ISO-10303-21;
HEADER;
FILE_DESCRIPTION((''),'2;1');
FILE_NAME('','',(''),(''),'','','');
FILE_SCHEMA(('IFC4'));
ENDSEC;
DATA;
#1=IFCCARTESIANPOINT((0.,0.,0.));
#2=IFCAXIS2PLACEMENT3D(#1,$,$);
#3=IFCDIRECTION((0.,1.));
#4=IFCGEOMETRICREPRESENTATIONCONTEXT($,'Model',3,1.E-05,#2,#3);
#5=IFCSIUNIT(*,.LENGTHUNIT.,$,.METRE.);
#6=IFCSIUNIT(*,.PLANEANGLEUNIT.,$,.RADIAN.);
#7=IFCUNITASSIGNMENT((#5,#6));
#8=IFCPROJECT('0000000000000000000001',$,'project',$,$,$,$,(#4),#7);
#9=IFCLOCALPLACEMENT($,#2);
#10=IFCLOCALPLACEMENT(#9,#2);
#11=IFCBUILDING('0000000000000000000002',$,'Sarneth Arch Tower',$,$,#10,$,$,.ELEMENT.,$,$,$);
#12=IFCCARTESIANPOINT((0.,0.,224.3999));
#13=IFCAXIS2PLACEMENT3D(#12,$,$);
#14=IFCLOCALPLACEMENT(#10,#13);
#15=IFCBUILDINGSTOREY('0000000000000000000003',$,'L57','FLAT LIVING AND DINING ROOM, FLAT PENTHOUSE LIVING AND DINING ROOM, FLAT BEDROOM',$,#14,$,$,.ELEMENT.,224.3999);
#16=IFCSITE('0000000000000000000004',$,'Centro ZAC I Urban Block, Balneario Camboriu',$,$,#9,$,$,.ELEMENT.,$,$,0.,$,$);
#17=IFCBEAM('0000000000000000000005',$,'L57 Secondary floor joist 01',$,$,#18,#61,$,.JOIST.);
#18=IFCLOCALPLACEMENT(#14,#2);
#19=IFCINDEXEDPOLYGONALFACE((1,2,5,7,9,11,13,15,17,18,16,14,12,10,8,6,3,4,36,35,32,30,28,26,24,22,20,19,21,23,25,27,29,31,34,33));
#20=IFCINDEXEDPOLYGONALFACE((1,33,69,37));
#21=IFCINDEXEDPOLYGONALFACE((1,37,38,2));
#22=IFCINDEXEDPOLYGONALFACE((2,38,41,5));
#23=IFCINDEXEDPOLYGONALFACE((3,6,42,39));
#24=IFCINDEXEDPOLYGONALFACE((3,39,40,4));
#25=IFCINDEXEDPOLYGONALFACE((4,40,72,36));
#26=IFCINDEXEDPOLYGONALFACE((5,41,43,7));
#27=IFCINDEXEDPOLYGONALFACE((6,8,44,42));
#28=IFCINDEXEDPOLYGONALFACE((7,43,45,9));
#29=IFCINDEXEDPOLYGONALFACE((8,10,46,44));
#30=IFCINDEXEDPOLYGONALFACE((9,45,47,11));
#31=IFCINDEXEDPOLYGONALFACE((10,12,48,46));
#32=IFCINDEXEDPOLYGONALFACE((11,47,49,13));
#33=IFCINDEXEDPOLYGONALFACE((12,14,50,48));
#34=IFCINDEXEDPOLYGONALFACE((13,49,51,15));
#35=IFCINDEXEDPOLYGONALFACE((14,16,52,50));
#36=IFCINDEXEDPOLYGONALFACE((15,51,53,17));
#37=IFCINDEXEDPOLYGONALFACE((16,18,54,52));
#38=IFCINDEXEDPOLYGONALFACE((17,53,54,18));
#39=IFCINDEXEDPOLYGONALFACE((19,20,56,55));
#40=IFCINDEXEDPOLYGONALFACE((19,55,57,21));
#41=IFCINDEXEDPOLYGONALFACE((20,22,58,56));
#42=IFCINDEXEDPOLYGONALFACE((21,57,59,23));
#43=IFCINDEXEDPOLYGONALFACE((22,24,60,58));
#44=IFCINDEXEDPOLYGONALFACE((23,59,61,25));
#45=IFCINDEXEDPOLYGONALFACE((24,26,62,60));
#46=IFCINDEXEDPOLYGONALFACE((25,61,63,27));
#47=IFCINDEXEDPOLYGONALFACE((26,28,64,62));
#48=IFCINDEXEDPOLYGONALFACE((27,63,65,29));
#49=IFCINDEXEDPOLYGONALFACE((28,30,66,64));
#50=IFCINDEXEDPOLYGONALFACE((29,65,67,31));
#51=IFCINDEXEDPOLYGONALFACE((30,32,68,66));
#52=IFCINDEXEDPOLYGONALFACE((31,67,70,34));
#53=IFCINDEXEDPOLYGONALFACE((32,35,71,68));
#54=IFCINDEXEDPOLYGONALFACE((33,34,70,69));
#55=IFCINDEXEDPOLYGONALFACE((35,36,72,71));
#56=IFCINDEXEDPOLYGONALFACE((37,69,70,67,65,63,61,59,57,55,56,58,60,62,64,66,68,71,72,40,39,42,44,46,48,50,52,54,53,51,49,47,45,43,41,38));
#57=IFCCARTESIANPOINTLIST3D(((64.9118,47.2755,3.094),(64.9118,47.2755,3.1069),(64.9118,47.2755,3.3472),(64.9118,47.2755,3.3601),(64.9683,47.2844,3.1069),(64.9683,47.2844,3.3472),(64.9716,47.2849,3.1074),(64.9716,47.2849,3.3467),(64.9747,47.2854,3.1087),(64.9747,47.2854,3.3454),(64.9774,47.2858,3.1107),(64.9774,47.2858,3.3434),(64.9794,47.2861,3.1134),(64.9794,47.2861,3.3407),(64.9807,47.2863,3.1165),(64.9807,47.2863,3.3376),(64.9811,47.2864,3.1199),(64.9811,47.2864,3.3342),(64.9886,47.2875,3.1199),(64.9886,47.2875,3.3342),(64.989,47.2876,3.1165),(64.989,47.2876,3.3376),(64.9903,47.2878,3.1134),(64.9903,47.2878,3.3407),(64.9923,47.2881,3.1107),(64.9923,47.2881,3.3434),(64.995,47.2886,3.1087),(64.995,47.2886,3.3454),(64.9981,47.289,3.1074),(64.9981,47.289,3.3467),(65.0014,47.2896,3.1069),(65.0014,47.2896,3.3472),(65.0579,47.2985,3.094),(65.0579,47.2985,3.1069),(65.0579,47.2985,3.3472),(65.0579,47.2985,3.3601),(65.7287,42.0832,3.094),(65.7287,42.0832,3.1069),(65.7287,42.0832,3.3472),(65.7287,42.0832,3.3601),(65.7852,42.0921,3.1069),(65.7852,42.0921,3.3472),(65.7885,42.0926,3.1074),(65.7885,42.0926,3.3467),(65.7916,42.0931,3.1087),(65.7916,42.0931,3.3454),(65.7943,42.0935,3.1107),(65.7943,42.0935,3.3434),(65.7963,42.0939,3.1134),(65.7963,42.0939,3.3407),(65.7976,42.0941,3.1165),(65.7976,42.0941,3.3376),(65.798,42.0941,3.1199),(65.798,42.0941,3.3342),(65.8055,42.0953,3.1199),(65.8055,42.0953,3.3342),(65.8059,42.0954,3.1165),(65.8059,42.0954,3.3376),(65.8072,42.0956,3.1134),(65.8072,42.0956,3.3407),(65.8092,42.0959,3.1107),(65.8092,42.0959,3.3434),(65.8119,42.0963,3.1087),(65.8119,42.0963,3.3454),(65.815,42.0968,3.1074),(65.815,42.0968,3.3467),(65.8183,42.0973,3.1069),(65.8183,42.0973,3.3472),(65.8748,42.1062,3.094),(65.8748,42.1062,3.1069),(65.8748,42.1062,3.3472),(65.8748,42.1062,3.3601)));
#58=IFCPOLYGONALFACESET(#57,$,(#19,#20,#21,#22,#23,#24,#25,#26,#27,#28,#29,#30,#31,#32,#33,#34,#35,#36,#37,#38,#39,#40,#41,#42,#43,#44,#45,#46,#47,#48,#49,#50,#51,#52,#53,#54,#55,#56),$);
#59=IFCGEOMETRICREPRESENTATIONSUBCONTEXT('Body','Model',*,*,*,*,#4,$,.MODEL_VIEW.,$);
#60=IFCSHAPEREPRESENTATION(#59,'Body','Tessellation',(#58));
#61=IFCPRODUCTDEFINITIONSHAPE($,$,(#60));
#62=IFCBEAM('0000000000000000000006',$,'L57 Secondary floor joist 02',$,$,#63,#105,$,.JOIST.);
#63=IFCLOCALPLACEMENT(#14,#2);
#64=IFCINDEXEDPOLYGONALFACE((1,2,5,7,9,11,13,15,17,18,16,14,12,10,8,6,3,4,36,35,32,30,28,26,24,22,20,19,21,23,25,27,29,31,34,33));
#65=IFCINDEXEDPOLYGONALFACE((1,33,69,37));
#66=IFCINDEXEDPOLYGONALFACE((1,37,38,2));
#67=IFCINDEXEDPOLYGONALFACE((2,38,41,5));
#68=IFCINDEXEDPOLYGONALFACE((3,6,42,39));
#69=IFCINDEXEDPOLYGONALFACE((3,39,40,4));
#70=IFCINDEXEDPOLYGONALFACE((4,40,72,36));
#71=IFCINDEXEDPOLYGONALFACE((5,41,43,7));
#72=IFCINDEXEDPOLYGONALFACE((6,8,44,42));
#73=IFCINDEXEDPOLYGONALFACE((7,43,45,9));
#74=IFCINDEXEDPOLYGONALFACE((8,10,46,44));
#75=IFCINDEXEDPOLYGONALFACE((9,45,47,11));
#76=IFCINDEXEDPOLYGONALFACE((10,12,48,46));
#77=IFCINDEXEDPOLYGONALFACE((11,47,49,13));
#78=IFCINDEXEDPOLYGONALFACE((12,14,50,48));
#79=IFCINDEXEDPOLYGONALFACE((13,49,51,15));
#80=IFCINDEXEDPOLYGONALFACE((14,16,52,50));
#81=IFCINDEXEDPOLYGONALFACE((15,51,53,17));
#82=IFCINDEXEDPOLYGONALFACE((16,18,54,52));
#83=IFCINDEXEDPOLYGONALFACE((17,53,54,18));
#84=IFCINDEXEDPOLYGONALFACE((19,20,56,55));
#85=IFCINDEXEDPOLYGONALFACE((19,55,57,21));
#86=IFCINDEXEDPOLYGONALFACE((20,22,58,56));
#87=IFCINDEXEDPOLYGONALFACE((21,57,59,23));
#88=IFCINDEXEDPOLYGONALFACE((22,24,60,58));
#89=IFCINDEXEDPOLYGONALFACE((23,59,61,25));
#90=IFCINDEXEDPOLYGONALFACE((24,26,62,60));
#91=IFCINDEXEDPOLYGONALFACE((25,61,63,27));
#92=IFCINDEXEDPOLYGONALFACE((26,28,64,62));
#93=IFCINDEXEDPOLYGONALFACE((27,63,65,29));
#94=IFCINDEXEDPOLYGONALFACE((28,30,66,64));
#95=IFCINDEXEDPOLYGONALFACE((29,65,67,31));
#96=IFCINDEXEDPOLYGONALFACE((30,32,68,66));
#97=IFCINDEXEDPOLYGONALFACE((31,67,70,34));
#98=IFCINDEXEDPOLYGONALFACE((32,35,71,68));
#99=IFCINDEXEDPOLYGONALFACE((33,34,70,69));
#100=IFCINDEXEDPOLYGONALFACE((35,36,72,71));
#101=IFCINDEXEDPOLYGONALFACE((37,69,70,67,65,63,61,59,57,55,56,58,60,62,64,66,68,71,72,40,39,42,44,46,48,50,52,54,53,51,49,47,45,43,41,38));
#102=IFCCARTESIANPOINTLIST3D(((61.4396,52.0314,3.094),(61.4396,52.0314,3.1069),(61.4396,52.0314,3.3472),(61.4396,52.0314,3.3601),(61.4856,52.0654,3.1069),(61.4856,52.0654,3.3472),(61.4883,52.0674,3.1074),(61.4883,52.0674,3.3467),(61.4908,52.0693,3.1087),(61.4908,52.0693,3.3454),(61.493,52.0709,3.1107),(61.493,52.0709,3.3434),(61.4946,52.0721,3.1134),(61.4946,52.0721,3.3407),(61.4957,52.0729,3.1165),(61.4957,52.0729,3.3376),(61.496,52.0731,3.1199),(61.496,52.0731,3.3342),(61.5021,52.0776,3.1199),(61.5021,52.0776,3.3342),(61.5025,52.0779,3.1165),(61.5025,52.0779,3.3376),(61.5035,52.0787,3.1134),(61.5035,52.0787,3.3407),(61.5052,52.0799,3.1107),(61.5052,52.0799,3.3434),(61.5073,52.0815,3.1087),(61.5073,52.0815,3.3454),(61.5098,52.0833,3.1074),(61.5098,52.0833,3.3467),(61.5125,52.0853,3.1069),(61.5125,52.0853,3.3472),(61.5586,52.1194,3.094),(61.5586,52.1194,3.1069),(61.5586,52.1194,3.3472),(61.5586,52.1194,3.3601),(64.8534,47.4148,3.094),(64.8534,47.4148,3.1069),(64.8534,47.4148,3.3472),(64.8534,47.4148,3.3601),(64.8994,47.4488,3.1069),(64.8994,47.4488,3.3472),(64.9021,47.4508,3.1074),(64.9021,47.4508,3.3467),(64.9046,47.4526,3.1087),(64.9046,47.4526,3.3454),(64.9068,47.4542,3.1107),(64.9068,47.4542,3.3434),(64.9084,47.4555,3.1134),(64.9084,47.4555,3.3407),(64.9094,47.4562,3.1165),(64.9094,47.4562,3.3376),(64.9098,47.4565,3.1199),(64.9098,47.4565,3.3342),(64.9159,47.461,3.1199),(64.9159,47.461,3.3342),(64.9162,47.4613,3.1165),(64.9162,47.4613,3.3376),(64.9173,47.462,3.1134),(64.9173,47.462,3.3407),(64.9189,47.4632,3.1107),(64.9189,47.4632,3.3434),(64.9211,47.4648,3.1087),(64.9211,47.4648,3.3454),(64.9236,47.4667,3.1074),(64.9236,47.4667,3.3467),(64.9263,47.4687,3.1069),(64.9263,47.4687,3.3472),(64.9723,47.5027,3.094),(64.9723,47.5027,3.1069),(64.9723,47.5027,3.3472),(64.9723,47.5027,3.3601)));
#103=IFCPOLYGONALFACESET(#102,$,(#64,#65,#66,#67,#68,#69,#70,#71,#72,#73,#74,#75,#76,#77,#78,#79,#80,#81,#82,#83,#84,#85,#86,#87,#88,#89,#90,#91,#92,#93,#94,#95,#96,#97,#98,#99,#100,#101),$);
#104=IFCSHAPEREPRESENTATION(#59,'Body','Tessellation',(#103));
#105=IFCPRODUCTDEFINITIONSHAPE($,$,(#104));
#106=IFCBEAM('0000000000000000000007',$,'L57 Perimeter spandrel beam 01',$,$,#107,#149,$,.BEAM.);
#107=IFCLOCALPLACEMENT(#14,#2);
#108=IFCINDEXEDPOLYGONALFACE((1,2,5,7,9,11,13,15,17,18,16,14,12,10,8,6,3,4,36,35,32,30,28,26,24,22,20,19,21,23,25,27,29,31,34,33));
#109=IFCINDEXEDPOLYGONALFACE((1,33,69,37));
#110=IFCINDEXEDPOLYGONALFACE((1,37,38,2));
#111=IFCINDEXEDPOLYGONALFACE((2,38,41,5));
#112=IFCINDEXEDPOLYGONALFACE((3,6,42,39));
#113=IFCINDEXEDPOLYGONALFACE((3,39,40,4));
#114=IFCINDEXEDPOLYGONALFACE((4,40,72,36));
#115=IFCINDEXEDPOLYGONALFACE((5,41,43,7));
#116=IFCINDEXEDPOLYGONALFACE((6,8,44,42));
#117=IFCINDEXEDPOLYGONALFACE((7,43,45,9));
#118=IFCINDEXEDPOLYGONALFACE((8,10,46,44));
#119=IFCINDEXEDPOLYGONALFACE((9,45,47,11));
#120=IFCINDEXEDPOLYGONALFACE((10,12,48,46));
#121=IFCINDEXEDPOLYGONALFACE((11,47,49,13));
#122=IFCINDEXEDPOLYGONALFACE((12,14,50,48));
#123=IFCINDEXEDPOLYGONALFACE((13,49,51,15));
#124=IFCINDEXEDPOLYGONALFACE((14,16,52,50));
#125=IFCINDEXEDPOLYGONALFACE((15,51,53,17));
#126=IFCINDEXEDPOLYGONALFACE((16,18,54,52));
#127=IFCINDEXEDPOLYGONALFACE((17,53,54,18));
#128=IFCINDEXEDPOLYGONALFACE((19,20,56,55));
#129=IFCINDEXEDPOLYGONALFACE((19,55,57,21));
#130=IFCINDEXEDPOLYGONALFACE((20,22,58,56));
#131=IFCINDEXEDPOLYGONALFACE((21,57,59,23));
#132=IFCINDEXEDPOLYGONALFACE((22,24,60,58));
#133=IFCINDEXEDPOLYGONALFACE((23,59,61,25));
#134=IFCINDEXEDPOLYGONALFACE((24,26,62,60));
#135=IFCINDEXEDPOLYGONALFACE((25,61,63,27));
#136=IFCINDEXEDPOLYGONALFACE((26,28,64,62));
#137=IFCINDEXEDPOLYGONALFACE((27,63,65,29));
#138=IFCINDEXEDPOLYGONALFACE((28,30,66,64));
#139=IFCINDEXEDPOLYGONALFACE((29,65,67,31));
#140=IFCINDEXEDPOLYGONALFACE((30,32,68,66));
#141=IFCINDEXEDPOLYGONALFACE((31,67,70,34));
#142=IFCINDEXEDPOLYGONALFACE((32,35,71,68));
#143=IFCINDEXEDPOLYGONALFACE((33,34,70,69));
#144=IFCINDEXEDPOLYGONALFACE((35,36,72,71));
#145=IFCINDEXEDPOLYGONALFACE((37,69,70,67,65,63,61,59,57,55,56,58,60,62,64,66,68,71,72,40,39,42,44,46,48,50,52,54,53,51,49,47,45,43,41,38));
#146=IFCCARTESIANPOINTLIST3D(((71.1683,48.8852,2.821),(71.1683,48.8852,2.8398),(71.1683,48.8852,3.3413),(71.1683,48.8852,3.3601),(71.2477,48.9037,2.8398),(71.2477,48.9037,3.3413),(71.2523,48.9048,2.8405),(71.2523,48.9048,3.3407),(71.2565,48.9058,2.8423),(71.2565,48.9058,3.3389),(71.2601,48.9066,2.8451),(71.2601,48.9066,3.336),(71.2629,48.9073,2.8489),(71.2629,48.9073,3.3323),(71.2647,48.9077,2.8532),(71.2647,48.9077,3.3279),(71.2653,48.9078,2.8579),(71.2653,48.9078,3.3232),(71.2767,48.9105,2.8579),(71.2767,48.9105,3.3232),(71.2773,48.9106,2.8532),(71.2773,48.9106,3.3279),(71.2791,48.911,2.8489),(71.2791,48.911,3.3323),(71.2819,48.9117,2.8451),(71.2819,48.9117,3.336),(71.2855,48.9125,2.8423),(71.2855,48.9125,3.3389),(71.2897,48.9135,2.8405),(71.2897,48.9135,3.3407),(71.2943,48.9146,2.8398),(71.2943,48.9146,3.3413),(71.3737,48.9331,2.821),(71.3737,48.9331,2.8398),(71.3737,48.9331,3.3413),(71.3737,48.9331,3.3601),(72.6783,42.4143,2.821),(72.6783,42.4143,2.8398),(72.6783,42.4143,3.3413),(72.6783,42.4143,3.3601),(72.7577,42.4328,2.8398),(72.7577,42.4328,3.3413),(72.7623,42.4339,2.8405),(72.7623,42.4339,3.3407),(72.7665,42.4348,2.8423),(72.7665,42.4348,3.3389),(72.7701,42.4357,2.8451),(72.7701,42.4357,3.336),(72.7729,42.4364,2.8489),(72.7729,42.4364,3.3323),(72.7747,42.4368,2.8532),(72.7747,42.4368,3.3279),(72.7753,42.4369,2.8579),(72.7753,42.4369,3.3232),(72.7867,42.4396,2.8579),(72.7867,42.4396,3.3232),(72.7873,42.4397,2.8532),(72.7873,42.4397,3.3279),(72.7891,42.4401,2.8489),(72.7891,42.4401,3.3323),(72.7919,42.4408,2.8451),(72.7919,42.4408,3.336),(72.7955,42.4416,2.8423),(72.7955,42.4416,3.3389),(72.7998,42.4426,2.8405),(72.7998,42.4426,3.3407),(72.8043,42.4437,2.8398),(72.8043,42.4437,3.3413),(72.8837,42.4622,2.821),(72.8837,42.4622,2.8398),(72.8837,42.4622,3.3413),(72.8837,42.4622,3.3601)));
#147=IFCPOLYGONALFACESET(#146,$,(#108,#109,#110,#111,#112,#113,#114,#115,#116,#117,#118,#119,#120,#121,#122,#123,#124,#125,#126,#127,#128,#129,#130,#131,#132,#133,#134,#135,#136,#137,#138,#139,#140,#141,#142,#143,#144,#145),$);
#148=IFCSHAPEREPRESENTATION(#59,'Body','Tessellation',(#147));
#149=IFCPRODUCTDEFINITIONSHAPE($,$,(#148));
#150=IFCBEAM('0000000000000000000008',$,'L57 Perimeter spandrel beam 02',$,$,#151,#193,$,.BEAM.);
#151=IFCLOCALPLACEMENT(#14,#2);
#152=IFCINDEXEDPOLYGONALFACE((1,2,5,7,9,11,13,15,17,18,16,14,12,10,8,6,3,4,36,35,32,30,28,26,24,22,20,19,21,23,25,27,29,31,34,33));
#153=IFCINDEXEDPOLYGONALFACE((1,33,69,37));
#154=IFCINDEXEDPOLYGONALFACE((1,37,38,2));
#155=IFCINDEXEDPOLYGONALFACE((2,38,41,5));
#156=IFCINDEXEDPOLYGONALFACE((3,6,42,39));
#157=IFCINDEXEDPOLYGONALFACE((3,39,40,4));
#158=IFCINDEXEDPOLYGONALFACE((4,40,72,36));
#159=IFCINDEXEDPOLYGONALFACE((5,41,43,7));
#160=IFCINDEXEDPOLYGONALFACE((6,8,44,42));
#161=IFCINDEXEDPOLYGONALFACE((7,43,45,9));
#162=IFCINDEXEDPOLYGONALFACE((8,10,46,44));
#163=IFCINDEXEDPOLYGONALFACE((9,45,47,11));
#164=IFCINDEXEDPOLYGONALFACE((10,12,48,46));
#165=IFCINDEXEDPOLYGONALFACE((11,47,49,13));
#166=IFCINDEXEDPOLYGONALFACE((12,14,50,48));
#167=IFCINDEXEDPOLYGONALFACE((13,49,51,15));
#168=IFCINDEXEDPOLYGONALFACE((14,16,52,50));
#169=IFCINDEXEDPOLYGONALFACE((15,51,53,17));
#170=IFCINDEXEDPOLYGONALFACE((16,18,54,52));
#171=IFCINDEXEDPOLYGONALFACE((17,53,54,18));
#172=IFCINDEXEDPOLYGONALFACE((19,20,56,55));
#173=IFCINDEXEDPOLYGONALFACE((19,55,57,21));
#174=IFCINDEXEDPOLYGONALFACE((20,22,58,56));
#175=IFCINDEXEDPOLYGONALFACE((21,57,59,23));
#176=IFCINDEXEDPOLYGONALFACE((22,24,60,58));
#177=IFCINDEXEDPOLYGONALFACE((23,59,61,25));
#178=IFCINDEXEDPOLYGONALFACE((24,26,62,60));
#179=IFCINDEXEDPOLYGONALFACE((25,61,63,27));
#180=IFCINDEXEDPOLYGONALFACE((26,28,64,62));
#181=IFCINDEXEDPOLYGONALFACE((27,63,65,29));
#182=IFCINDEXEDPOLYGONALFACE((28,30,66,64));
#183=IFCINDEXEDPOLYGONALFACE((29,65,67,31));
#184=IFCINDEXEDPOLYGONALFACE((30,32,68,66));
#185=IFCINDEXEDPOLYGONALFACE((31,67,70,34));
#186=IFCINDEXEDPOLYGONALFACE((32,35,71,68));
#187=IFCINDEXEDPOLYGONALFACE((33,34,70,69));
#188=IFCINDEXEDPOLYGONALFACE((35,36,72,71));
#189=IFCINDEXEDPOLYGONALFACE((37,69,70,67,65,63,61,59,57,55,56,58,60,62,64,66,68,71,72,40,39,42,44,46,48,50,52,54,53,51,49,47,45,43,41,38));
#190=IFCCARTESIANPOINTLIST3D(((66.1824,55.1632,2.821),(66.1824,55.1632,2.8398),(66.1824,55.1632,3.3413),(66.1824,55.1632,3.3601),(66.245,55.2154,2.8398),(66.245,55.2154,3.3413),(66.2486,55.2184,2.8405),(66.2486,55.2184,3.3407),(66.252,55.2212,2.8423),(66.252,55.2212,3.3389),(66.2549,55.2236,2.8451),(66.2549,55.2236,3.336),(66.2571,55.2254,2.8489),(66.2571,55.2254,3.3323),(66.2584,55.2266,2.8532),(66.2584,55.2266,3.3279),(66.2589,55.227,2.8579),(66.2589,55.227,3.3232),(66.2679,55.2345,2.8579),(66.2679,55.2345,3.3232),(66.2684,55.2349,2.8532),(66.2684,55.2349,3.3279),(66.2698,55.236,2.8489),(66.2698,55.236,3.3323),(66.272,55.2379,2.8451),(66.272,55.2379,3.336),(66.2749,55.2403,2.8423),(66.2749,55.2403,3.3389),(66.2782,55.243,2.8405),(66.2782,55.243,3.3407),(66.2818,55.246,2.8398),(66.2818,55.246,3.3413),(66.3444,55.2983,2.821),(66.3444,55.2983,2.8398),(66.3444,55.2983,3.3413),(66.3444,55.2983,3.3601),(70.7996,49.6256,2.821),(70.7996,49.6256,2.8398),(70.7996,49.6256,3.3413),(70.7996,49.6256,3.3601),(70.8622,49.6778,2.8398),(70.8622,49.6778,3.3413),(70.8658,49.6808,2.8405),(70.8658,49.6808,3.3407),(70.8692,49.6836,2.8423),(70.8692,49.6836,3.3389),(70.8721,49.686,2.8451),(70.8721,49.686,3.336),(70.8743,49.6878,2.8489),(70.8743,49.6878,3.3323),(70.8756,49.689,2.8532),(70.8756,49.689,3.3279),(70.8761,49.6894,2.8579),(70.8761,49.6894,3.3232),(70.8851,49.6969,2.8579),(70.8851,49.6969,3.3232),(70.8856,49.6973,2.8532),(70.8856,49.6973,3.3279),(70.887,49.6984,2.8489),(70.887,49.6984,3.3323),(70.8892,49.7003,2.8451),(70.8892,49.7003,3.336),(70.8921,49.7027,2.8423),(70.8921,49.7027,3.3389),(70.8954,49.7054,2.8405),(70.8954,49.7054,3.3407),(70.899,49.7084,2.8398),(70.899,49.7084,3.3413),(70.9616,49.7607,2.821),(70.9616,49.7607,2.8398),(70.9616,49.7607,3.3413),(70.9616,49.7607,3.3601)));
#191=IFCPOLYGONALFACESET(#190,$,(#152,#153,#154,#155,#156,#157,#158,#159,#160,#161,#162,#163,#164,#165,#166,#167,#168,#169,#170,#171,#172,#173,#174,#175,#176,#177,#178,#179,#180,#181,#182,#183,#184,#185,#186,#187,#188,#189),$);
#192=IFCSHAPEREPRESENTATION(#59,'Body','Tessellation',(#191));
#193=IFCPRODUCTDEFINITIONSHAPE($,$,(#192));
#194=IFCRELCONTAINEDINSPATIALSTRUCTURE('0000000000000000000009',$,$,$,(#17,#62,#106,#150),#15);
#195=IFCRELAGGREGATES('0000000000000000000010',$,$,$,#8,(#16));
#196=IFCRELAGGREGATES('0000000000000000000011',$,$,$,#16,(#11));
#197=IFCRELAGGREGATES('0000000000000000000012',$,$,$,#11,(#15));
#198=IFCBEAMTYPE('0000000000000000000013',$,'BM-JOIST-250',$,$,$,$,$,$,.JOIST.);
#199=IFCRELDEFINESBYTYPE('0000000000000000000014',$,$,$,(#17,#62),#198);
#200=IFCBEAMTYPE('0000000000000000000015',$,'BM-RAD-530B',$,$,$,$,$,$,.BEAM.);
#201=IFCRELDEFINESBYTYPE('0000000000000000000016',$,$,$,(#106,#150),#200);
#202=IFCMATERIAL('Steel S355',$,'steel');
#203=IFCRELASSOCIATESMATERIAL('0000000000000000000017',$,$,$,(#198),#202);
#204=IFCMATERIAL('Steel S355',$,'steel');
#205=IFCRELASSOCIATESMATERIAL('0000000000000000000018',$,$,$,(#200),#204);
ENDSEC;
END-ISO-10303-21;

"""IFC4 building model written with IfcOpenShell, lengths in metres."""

from ifc_helpers import new_model, si_unit, direction, frame, origin, origin_2d, place, context, subcontext, project, spatial, i_section, extrude, material, material_profile, profile_set, type_object, element, save


model = new_model("IFC4")

# Units and contexts
model_context = context("Model", 3, precision=1e-05, world=origin(), true_north=direction((0.0, 1.0)))
body_context = subcontext(model_context, "Body", "Model", "MODEL_VIEW")
ifc_project = project(units=[si_unit("LENGTHUNIT", "METRE"), si_unit("PLANEANGLEUNIT", "RADIAN")], contexts=[model_context])

# Site, building, storey
site_placement = place(None, origin())
site = spatial("IfcSite", under=ifc_project, at=site_placement, Name="Centro ZAC I Urban Block, Balneario Camboriu", CompositionType="ELEMENT", RefElevation=0.0)
building_placement = place(site_placement, origin())
building = spatial("IfcBuilding", under=site, at=building_placement, Name="Sarneth Arch Tower", CompositionType="ELEMENT")
storey_placement = place(building_placement, frame((0.0, 0.0, 224.3999)))
storey = spatial("IfcBuildingStorey", under=building, at=storey_placement, Name="L57", Description="FLAT LIVING AND DINING ROOM, FLAT PENTHOUSE LIVING AND DINING ROOM, FLAT BEDROOM", CompositionType="ELEMENT", Elevation=224.3999)

# Beams
ifc_material_1 = material(Name="Steel S355", Category="steel")
ifc_material_profile_1 = material_profile(ifc_material_1, i_section(OverallWidth=0.1479, OverallDepth=0.2661, WebThickness=0.0076, FlangeThickness=0.0129, FilletRadius=0.0129, at=origin_2d()), Name="W250x44.8")
ifc_profile_set_1 = profile_set([ifc_material_profile_1], Name="Steel S355")
beam_type_1 = type_object("IfcBeamType", Name="BM-JOIST-250", PredefinedType="JOIST", material=ifc_profile_set_1)
beam_1_placement = place(storey_placement, frame((65.8018, 42.0947, 3.2271), z_axis=(-0.155421, 0.987848, 0.0), x_axis=(-0.987848, -0.155421, 0.0)))
element("IfcBeam", 1, at=beam_1_placement, inside=storey, type_object=beam_type_1, Name="L57 Secondary floor joist 01", PredefinedType="JOIST", context=body_context, shape_type="SweptSolid", body=[
    extrude(i_section(OverallWidth=0.1479, OverallDepth=0.2661, WebThickness=0.0076, FlangeThickness=0.0129, FilletRadius=0.0129, at=origin_2d()), origin(), (0.0, 0.0, 1.0), 5.2561),
])
beam_2_placement = place(storey_placement, frame((64.9128, 47.4587, 3.2271), z_axis=(-0.594557, 0.804053, 0.0), x_axis=(-0.804053, -0.594557, 0.0)))
element("IfcBeam", 2, at=beam_2_placement, inside=storey, type_object=beam_type_1, Name="L57 Secondary floor joist 02", PredefinedType="JOIST", context=body_context, shape_type="SweptSolid", body=[
    extrude(i_section(OverallWidth=0.1479, OverallDepth=0.2661, WebThickness=0.0076, FlangeThickness=0.0129, FilletRadius=0.0129, at=origin_2d()), origin(), (0.0, 0.0, 1.0), 5.7417),
])
ifc_material_2 = material(Name="Steel S355", Category="steel")
ifc_material_profile_2 = material_profile(ifc_material_2, i_section(OverallWidth=0.2109, OverallDepth=0.5391, WebThickness=0.0117, FlangeThickness=0.0188, FilletRadius=0.0181, at=origin_2d()), Name="W530x109")
ifc_profile_set_2 = profile_set([ifc_material_profile_2], Name="Steel S355")
beam_type_2 = type_object("IfcBeamType", Name="BM-RAD-530B", PredefinedType="BEAM", material=ifc_profile_set_2)
beam_3_placement = place(storey_placement, frame((72.781, 42.4382, 3.0906), z_axis=(-0.227247, 0.973837, 0.0), x_axis=(-0.973837, -0.227247, 0.0)))
element("IfcBeam", 3, at=beam_3_placement, inside=storey, type_object=beam_type_2, Name="L57 Perimeter spandrel beam 01", PredefinedType="BEAM", context=body_context, shape_type="SweptSolid", body=[
    extrude(i_section(OverallWidth=0.2109, OverallDepth=0.5391, WebThickness=0.0117, FlangeThickness=0.0188, FilletRadius=0.0181, at=origin_2d()), origin(), (0.0, 0.0, 1.0), 6.6448),
])
beam_4_placement = place(storey_placement, frame((70.8806, 49.6931, 3.0906), z_axis=(-0.640391, 0.768049, 0.0), x_axis=(-0.768049, -0.640391, 0.0)))
element("IfcBeam", 4, at=beam_4_placement, inside=storey, type_object=beam_type_2, Name="L57 Perimeter spandrel beam 02", PredefinedType="BEAM", context=body_context, shape_type="SweptSolid", body=[
    extrude(i_section(OverallWidth=0.2109, OverallDepth=0.5391, WebThickness=0.0117, FlangeThickness=0.0188, FilletRadius=0.0181, at=origin_2d()), origin(), (0.0, 0.0, 1.0), 7.21),
])

save(model, "model.ifc")
